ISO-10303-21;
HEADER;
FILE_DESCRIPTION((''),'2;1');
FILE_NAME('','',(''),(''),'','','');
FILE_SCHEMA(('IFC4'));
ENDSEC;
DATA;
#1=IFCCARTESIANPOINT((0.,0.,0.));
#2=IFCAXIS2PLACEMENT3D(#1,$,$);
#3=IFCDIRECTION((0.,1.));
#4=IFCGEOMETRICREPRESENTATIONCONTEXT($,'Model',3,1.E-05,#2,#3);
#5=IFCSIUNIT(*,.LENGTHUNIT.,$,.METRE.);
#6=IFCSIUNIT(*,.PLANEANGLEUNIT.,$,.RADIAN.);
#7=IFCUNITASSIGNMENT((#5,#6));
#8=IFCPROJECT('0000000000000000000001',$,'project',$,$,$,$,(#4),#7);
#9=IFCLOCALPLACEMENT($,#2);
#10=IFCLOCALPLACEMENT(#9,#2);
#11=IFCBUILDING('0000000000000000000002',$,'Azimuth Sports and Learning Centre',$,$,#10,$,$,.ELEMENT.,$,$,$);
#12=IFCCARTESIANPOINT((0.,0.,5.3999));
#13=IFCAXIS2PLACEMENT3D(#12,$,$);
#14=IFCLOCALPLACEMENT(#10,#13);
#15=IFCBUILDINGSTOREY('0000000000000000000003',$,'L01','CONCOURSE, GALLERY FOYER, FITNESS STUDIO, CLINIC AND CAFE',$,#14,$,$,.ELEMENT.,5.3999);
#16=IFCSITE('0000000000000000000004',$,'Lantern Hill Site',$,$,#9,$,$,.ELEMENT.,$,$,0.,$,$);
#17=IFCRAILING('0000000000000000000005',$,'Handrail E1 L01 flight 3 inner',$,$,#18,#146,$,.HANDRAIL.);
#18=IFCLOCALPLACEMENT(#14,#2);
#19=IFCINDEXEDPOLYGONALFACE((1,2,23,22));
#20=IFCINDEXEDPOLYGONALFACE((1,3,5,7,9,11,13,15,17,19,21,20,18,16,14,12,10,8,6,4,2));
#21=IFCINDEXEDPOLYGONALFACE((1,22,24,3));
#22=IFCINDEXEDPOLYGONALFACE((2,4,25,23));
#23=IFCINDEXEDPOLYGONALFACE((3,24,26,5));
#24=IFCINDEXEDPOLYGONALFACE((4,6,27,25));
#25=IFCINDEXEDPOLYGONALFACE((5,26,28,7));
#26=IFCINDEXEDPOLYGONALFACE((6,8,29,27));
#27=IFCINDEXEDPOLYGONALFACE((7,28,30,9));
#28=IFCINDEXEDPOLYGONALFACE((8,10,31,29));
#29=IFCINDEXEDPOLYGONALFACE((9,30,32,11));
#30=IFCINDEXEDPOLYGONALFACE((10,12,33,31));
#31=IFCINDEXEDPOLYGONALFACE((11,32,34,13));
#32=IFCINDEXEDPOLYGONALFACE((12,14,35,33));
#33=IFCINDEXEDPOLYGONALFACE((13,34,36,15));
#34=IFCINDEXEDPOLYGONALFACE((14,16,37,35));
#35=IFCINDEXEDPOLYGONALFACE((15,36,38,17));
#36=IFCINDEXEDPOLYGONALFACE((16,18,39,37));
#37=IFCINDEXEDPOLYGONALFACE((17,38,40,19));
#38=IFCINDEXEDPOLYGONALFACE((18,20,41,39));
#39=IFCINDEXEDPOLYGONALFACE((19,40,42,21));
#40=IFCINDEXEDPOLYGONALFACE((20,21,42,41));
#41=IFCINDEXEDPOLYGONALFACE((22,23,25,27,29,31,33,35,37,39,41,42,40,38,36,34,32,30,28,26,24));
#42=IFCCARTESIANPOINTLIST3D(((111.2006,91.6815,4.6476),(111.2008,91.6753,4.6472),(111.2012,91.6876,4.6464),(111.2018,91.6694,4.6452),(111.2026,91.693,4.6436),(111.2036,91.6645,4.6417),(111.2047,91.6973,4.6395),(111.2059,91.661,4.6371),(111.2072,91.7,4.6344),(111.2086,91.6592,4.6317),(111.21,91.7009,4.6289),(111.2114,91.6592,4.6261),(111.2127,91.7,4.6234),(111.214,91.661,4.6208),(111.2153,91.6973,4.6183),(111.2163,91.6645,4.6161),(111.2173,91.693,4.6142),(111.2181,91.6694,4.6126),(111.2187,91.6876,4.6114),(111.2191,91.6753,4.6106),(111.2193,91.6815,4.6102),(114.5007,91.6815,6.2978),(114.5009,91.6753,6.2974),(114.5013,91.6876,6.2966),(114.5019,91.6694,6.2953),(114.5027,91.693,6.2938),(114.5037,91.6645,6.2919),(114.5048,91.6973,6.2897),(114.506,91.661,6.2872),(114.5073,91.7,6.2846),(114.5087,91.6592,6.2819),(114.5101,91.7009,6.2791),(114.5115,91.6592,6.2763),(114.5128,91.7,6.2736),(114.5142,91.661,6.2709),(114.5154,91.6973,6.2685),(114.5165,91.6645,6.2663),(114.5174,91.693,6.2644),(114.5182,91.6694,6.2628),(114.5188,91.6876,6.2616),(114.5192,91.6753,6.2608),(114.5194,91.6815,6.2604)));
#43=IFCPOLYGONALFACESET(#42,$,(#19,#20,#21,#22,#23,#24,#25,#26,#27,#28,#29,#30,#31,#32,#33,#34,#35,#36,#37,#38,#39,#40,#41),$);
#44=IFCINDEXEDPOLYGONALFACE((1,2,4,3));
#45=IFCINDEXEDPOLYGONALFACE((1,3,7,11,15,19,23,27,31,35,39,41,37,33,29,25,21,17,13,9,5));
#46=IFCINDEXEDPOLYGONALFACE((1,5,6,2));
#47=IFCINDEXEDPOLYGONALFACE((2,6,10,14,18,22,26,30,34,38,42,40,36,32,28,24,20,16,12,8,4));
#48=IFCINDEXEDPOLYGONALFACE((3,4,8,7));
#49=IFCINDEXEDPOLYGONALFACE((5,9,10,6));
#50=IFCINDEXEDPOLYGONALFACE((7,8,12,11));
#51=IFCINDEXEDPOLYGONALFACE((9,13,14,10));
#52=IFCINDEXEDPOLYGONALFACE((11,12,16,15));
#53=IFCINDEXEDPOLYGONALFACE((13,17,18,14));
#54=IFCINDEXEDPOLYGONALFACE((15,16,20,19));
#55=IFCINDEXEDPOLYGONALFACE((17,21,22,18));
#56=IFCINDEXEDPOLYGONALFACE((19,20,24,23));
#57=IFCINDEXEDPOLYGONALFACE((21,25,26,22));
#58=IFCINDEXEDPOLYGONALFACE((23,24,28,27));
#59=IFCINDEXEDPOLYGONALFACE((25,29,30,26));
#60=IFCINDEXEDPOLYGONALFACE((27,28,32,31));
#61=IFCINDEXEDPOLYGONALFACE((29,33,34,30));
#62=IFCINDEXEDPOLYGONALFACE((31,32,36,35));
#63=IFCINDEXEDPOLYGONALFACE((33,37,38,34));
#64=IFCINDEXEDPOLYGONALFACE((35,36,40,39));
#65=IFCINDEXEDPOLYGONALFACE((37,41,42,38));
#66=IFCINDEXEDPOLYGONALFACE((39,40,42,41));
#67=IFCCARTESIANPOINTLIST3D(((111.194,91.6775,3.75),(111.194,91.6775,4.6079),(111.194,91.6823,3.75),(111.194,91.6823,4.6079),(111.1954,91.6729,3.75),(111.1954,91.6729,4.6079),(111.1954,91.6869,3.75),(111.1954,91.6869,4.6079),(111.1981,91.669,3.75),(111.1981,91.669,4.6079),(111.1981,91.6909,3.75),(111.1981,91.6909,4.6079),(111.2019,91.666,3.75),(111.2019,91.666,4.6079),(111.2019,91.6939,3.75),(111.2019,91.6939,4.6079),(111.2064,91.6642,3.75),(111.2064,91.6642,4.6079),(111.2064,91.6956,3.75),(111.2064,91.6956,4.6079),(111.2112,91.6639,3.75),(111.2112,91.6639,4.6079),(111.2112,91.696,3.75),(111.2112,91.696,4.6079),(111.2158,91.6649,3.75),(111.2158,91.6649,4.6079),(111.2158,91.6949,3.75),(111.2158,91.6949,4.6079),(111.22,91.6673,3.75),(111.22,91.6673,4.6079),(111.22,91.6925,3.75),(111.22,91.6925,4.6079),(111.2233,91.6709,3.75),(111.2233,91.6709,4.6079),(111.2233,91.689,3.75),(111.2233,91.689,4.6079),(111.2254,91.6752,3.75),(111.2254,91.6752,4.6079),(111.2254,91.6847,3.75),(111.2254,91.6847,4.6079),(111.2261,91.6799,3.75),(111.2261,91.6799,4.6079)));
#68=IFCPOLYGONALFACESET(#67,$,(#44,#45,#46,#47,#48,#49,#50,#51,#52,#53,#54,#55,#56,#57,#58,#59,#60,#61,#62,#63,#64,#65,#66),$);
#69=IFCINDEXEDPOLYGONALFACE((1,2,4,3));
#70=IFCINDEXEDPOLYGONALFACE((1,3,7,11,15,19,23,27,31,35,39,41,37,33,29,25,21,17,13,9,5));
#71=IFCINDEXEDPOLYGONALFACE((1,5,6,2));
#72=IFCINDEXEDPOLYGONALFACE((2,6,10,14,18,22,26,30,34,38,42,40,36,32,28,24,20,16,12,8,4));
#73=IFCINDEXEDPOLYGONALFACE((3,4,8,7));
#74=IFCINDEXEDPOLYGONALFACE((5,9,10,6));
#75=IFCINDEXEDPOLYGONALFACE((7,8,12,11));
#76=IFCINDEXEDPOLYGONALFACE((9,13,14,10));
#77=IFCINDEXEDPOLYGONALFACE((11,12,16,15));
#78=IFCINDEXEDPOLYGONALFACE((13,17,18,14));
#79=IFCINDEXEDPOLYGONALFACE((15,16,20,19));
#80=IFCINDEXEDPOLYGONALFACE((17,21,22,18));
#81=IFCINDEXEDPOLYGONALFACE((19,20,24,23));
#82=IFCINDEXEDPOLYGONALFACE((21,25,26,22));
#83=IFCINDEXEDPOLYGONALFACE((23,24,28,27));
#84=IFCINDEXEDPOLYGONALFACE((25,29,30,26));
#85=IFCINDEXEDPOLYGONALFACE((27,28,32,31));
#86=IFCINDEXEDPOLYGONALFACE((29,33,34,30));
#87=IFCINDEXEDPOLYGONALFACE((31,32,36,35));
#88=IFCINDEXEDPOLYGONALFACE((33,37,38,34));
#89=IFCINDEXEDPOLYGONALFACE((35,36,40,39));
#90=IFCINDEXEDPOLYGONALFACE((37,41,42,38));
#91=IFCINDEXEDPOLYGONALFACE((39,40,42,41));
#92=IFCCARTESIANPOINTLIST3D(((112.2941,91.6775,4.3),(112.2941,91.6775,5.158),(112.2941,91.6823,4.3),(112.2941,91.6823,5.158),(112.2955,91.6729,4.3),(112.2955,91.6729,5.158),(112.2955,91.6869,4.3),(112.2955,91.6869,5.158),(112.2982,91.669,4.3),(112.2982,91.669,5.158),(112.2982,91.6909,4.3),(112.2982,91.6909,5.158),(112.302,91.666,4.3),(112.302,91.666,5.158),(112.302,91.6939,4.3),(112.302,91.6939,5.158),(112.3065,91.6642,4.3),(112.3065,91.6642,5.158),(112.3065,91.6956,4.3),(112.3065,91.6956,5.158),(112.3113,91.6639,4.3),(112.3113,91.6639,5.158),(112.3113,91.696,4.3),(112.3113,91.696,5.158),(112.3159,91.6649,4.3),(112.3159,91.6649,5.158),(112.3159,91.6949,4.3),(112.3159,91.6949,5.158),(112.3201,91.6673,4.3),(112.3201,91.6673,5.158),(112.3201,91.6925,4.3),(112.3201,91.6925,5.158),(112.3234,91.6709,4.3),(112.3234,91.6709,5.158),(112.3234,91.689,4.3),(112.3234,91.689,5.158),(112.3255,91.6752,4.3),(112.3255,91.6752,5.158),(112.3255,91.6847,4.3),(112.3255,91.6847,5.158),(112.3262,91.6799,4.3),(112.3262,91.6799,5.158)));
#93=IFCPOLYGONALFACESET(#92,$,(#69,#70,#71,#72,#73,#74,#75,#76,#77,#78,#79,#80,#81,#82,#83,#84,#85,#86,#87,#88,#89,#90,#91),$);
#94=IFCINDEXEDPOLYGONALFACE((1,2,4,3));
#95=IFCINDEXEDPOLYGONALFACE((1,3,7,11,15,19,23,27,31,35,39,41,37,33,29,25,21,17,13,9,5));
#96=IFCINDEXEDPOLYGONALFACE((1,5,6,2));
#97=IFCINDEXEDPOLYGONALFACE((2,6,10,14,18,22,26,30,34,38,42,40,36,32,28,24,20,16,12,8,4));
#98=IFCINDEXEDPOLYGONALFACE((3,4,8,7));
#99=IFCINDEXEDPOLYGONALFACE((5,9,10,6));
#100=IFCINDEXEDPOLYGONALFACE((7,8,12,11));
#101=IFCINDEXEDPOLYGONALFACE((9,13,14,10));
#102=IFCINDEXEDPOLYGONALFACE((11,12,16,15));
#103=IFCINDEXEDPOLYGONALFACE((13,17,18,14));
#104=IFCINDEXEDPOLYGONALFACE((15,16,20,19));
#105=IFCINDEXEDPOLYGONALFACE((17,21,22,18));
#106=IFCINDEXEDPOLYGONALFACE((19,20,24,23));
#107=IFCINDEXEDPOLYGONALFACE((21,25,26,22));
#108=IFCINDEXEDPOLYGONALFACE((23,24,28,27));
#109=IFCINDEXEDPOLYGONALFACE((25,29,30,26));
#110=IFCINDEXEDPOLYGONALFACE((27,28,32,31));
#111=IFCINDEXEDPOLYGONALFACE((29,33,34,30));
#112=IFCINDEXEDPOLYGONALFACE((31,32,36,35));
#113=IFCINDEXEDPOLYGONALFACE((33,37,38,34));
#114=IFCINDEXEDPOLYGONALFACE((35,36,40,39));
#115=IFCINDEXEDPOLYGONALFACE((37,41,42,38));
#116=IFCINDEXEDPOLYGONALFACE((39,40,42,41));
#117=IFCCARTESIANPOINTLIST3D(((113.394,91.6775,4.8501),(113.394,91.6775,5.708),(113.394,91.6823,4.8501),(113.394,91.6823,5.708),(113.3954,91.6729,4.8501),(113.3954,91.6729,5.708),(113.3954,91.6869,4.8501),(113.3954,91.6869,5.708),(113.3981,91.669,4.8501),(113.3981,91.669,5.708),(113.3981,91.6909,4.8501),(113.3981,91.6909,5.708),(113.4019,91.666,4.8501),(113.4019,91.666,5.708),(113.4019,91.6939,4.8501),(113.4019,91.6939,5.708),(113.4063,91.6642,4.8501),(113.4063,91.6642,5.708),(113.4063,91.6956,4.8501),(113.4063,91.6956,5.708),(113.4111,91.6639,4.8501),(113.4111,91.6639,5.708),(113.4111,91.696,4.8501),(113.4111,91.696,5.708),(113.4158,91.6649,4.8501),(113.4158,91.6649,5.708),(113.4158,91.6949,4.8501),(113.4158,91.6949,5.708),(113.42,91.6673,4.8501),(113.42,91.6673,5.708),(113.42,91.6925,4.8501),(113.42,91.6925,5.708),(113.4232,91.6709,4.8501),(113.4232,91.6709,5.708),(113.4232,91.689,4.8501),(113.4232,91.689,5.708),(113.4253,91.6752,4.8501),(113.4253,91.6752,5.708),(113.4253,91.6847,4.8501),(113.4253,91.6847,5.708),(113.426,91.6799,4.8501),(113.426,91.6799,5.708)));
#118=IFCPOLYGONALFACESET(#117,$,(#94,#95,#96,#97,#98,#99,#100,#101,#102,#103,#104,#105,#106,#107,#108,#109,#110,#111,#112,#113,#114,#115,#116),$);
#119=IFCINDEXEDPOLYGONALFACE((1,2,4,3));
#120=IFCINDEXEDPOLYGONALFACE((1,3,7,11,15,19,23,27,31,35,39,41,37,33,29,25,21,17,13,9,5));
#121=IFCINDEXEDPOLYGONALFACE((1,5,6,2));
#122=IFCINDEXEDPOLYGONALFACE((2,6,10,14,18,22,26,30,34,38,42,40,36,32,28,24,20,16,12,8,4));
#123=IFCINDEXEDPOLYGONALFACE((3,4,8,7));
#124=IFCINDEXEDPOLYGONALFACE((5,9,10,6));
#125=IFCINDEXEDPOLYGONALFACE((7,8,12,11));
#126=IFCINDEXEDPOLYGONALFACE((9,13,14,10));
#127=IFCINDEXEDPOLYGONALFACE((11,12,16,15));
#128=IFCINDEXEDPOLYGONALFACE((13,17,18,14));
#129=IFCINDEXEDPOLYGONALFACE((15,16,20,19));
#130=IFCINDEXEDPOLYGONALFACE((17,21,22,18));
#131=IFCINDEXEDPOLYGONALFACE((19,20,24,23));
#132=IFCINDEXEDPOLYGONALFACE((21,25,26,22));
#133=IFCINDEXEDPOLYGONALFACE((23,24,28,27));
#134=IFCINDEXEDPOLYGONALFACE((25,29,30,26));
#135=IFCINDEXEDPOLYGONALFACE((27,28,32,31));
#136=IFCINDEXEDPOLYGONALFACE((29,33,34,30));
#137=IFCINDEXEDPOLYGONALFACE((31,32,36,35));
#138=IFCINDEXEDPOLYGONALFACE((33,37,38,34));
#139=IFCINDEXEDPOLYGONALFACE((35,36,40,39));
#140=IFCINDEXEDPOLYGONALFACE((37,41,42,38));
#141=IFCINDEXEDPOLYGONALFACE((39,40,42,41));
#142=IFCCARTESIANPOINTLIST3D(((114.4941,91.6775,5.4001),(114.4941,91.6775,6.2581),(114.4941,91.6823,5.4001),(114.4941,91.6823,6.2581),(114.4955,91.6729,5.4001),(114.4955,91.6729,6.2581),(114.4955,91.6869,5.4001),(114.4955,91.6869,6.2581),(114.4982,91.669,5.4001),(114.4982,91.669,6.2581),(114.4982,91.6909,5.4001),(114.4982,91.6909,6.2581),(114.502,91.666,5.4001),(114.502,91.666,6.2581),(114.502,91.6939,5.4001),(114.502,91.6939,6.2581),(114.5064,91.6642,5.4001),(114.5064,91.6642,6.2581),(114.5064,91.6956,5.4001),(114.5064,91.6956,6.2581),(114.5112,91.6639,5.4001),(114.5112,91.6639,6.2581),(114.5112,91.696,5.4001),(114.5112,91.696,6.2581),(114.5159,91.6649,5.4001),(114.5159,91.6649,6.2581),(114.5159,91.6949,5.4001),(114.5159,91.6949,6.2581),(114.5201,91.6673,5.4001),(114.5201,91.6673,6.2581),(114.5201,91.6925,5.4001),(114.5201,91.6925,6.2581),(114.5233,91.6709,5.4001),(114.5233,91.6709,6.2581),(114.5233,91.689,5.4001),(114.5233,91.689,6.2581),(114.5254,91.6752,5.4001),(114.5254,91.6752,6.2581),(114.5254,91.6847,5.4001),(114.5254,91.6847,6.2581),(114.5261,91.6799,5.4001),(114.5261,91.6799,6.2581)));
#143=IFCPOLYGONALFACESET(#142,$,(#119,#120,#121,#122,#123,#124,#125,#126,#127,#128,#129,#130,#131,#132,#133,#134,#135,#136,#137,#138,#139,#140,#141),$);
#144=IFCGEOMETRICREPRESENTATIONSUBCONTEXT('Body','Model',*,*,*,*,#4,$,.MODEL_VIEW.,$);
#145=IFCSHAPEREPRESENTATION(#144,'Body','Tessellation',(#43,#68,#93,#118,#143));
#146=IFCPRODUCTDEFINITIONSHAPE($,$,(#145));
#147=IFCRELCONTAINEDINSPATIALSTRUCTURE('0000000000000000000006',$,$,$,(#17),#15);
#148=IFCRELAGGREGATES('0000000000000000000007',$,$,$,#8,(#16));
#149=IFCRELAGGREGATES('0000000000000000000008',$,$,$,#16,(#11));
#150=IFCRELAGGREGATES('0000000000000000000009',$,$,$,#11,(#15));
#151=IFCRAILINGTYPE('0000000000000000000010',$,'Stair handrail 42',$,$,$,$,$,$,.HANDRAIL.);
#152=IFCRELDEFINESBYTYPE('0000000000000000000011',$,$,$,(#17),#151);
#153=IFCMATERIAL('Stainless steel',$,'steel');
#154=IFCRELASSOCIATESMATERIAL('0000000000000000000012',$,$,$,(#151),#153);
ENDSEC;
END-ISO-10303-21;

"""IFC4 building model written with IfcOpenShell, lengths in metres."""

from ifc_helpers import new_model, si_unit, direction, frame, origin, origin_2d, place, context, subcontext, project, spatial, circle, extrude, material, type_object, element, save


model = new_model("IFC4")

# Units and contexts
model_context = context("Model", 3, precision=1e-05, world=origin(), true_north=direction((0.0, 1.0)))
body_context = subcontext(model_context, "Body", "Model", "MODEL_VIEW")
ifc_project = project(units=[si_unit("LENGTHUNIT", "METRE"), si_unit("PLANEANGLEUNIT", "RADIAN")], contexts=[model_context])

# Site, building, storey
site_placement = place(None, origin())
site = spatial("IfcSite", under=ifc_project, at=site_placement, Name="Lantern Hill Site", CompositionType="ELEMENT", RefElevation=0.0)
building_placement = place(site_placement, origin())
building = spatial("IfcBuilding", under=site, at=building_placement, Name="Azimuth Sports and Learning Centre", CompositionType="ELEMENT")
storey_placement = place(building_placement, frame((0.0, 0.0, 5.3999)))
storey = spatial("IfcBuildingStorey", under=building, at=storey_placement, Name="L01", Description="CONCOURSE, GALLERY FOYER, FITNESS STUDIO, CLINIC AND CAFE", CompositionType="ELEMENT", Elevation=5.3999)

# Railing
ifc_material_1 = material(Name="Stainless steel", Category="steel")
railing_type = type_object("IfcRailingType", Name="Stair handrail 42", PredefinedType="HANDRAIL", material=ifc_material_1)
for number, where, name in (
    (1, (111.21, 91.6799, 3.75), "Handrail E1 L01 flight 3 inner"),
):
    element("IfcRailing", number, at=place(storey_placement, frame(where)), inside=storey, type_object=railing_type, Name=name, PredefinedType="HANDRAIL", context=body_context, shape_type="SweptSolid", body=[
        extrude(circle(Radius=0.021, at=origin_2d()), frame((0.0, 0.0, 0.8789), z_axis=(0.894414, 0.0, 0.44724), x_axis=(0.0, 1.0, 0.0)), (0.0, 0.0, 1.0), 3.6897),
        extrude(circle(Radius=0.0161, at=origin_2d()), origin(), (0.0, 0.0, 1.0), 0.8579),
        extrude(circle(Radius=0.0161, at=origin_2d()), frame((1.1001, 0.0, 0.55)), (0.0, 0.0, 1.0), 0.8579),
        extrude(circle(Radius=0.0161, at=origin_2d()), frame((2.2, 0.0, 1.1001)), (0.0, 0.0, 1.0), 0.8579),
        extrude(circle(Radius=0.0161, at=origin_2d()), frame((3.3, 0.0, 1.6501)), (0.0, 0.0, 1.0), 0.8579),
    ])

save(model, "model.ifc")
